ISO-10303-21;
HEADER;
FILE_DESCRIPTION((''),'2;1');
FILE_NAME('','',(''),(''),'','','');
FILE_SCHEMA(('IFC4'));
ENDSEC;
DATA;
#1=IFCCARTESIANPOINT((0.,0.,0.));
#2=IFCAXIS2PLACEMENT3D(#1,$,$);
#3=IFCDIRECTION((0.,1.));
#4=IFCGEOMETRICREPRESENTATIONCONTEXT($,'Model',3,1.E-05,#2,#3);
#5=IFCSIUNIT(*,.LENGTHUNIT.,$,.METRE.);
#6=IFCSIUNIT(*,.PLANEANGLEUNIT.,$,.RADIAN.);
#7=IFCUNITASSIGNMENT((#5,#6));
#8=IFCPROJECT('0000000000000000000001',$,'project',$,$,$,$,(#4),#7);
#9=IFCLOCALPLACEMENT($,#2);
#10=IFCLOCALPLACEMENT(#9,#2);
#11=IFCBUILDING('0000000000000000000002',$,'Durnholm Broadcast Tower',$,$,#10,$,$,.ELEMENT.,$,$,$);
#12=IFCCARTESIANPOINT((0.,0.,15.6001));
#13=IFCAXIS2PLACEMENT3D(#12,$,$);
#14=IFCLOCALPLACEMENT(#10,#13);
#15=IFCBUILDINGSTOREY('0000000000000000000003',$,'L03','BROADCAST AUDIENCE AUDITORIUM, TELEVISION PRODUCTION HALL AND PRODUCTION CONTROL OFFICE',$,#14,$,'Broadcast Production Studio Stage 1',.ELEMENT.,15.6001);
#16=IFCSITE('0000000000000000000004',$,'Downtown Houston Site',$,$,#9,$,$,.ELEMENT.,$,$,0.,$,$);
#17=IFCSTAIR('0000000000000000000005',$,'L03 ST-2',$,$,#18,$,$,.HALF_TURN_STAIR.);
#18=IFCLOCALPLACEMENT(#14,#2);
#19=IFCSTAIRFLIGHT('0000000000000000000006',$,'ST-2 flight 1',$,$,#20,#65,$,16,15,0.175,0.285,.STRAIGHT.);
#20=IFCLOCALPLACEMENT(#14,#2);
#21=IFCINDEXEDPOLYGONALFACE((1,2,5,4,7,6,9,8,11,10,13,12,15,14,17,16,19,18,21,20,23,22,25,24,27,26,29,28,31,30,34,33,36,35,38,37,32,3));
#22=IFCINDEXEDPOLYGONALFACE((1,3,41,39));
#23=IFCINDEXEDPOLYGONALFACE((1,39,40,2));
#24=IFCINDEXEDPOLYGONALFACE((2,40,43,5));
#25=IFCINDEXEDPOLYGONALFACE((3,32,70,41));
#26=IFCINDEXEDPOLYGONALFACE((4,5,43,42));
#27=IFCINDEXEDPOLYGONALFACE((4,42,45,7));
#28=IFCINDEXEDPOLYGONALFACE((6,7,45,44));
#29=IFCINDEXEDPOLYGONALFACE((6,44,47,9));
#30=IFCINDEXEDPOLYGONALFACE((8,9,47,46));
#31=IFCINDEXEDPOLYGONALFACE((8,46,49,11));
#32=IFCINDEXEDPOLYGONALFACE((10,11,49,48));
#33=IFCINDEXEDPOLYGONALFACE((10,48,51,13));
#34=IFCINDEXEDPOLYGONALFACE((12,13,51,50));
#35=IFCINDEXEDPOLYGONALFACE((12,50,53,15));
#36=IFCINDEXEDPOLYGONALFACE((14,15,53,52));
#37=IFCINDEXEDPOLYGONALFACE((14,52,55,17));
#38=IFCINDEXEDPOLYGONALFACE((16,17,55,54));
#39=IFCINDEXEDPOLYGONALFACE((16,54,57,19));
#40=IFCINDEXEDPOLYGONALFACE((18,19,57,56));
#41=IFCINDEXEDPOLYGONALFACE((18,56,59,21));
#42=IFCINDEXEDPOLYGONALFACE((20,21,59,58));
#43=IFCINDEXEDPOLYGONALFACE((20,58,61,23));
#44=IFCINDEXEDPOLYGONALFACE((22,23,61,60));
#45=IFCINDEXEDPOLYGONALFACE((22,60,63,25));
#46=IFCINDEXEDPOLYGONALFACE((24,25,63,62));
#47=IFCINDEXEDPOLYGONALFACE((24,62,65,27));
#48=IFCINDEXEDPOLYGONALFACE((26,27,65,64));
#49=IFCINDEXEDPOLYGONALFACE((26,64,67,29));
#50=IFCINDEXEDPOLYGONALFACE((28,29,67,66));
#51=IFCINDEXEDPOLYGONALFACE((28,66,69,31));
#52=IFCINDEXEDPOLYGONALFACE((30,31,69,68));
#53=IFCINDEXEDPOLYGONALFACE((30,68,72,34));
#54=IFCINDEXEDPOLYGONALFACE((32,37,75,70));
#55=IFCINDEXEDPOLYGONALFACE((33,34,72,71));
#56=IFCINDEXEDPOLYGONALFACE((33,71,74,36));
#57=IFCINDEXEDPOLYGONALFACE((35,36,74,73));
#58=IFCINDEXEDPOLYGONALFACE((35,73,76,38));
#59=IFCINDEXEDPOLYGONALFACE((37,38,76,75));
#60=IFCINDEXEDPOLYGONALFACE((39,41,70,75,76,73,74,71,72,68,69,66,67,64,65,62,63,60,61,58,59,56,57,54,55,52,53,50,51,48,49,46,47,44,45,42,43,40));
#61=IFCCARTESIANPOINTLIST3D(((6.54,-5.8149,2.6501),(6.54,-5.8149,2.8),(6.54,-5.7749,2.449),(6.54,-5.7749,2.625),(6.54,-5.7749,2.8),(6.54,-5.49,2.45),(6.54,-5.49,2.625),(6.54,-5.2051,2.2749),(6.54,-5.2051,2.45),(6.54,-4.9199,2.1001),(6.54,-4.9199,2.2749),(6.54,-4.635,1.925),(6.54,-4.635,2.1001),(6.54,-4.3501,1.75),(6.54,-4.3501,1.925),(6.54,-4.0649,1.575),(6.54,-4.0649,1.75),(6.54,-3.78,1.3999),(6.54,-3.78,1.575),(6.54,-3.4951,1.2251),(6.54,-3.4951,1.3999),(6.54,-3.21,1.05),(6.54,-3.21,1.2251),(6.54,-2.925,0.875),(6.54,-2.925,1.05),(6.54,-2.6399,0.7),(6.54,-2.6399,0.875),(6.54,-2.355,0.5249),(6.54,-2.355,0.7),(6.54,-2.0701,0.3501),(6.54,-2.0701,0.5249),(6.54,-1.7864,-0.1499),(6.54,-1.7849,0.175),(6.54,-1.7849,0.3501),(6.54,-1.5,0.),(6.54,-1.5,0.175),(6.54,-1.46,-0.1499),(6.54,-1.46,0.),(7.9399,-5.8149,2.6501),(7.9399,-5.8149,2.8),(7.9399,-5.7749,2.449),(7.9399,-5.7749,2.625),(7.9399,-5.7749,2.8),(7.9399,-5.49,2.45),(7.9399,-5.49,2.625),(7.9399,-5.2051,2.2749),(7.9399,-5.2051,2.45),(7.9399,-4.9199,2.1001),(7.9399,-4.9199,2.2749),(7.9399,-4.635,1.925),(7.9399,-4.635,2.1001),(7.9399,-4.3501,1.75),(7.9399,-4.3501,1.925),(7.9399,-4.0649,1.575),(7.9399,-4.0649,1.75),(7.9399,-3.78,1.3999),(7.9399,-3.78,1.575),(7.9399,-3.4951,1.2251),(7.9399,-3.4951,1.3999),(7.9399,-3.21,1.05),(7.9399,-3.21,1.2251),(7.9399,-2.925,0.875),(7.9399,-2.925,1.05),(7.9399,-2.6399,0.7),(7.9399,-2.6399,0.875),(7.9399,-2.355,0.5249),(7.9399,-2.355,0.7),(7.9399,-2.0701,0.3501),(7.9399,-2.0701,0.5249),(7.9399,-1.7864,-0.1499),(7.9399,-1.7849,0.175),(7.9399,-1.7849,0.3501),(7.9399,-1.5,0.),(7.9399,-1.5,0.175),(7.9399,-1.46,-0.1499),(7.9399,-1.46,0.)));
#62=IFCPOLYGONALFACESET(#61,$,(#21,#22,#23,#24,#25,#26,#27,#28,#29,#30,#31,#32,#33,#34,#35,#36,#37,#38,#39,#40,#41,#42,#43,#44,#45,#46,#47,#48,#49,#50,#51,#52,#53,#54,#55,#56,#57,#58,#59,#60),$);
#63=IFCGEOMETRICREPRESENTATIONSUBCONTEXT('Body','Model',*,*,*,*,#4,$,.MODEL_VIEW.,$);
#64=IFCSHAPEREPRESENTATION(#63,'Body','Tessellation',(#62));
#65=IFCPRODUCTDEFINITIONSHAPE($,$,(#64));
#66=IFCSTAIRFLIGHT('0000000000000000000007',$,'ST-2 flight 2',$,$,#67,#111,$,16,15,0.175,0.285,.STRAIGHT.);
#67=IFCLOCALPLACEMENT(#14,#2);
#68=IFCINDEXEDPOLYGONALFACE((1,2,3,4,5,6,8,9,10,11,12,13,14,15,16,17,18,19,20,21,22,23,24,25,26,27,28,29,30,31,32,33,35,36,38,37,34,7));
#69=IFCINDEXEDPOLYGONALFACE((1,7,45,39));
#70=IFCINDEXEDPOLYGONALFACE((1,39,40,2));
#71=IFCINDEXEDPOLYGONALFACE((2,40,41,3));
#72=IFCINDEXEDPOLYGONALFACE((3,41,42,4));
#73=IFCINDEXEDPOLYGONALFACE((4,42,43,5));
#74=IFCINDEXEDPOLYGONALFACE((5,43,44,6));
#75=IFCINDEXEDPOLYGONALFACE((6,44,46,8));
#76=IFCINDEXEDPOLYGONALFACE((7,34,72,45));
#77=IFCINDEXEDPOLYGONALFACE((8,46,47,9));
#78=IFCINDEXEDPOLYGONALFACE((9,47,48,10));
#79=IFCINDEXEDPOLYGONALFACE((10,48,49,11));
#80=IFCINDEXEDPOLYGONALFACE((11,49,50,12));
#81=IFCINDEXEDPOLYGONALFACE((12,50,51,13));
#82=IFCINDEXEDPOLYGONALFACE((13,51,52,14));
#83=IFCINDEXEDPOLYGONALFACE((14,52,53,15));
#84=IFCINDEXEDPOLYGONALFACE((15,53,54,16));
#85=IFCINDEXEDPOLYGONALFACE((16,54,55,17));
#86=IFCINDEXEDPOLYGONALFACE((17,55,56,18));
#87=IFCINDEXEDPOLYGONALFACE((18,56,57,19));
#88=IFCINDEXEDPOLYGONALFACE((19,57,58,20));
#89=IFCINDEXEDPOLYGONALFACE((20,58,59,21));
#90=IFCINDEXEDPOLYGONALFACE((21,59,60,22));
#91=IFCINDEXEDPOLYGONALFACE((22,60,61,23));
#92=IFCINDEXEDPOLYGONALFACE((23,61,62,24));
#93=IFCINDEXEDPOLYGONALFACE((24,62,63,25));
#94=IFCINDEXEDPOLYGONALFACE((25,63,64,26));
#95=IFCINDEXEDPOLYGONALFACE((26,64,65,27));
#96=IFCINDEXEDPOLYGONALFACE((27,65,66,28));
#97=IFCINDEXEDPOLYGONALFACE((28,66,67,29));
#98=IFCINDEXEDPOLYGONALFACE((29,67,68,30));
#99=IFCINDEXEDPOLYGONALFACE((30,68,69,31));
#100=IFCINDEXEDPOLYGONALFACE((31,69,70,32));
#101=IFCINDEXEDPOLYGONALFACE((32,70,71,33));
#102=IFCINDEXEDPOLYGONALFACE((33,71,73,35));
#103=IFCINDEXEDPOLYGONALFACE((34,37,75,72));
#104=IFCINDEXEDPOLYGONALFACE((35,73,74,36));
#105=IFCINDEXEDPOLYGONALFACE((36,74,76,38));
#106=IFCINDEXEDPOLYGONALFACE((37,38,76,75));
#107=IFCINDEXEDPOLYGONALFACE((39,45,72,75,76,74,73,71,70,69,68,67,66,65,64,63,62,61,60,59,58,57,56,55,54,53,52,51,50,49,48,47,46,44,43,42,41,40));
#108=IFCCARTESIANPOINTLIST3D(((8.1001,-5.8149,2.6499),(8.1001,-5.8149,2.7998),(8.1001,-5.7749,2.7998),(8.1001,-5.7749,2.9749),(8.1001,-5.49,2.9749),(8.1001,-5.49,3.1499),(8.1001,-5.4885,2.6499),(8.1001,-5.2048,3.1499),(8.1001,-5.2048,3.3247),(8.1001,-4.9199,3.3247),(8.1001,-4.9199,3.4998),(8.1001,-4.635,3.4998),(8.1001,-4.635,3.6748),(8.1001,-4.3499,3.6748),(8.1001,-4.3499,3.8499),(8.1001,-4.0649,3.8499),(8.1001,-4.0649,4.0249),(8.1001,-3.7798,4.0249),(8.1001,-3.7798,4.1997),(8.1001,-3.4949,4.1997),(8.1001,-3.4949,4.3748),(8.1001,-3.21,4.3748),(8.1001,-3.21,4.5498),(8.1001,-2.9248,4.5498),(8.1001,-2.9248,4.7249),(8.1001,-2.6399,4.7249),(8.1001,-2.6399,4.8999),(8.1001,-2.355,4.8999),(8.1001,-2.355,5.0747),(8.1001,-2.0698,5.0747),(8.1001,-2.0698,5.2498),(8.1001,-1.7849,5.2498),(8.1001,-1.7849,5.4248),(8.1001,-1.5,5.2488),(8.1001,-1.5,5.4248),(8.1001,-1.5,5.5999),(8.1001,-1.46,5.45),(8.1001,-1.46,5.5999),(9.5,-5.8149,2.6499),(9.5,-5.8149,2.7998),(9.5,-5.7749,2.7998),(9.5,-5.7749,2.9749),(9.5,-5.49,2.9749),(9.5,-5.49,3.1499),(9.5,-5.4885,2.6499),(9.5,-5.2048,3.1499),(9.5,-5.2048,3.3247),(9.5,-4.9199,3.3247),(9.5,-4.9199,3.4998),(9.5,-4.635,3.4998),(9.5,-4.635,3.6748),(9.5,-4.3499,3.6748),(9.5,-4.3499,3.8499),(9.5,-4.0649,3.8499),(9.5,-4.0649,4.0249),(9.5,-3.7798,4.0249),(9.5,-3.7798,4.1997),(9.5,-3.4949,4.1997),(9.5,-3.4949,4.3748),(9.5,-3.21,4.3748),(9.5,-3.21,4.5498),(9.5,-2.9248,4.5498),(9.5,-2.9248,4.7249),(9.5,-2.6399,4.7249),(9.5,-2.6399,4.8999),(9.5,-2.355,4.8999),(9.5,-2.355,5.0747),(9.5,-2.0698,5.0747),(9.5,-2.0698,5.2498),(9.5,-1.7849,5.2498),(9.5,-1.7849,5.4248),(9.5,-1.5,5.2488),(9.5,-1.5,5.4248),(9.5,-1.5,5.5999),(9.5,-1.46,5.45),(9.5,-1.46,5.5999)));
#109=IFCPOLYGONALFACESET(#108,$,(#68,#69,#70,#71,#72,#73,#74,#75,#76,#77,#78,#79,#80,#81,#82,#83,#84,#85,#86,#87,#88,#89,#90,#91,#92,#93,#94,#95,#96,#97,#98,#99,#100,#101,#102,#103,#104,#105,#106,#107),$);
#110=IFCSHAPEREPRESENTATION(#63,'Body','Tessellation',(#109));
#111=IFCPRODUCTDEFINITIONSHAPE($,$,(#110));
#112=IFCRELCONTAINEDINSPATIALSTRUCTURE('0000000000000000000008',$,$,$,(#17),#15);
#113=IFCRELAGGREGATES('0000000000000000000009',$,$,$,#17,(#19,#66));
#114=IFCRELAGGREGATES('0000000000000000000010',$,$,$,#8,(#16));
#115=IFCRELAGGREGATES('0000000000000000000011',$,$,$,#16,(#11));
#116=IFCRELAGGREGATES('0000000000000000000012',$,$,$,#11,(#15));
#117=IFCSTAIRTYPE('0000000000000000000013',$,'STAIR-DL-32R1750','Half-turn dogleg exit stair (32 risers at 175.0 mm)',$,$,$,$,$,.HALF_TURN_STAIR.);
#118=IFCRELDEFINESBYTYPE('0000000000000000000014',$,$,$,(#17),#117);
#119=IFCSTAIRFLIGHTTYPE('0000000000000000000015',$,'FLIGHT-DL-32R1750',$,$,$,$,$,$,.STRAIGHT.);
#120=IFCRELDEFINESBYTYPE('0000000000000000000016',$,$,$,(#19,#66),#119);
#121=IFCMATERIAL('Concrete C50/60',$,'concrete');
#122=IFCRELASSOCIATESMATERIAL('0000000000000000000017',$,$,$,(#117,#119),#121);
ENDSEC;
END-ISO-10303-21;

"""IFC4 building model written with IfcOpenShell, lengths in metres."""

from ifc_helpers import new_model, si_unit, direction, frame, origin, place, context, subcontext, project, spatial, polyline, outline, extrude, material, type_object, element, aggregate, save


model = new_model("IFC4")

# Units and contexts
model_context = context("Model", 3, precision=1e-05, world=origin(), true_north=direction((0.0, 1.0)))
body_context = subcontext(model_context, "Body", "Model", "MODEL_VIEW")
ifc_project = project(units=[si_unit("LENGTHUNIT", "METRE"), si_unit("PLANEANGLEUNIT", "RADIAN")], contexts=[model_context])

# Site, building, storey
site_placement = place(None, origin())
site = spatial("IfcSite", under=ifc_project, at=site_placement, Name="Downtown Houston Site", CompositionType="ELEMENT", RefElevation=0.0)
building_placement = place(site_placement, origin())
building = spatial("IfcBuilding", under=site, at=building_placement, Name="Durnholm Broadcast Tower", CompositionType="ELEMENT")
storey_placement = place(building_placement, frame((0.0, 0.0, 15.6001)))
storey = spatial("IfcBuildingStorey", under=building, at=storey_placement, Name="L03", Description="BROADCAST AUDIENCE AUDITORIUM, TELEVISION PRODUCTION HALL AND PRODUCTION CONTROL OFFICE", LongName="Broadcast Production Studio Stage 1", CompositionType="ELEMENT", Elevation=15.6001)

# Shared definitions
ifc_material_1 = material(Name="Concrete C50/60", Category="concrete")

# Shared definitions
stair_type = type_object("IfcStairType", Name="STAIR-DL-32R1750", Description="Half-turn dogleg exit stair (32 risers at 175.0 mm)", PredefinedType="HALF_TURN_STAIR", material=ifc_material_1)

# Stair, stair flights
stair_1_placement = place(storey_placement, origin())
stair_1 = element("IfcStair", 1, at=stair_1_placement, inside=storey, type_object=stair_type, Name="L03 ST-2", PredefinedType="HALF_TURN_STAIR")
stair_flight_type = type_object("IfcStairFlightType", Name="FLIGHT-DL-32R1750", PredefinedType="STRAIGHT", material=ifc_material_1)
stair_flight_1_placement = place(storey_placement, frame((7.24, -1.5, 0.0), z_axis=(0.0, 0.0, 1.0), x_axis=(0.0, -1.0, 0.0)))
stair_flight_1 = element("IfcStairFlight", 2, at=stair_flight_1_placement, type_object=stair_flight_type, Name="ST-2 flight 1", NumberOfRisers=16, NumberOfTreads=15, PredefinedType="STRAIGHT", RiserHeight=0.175, TreadLength=0.285, context=body_context, shape_type="SweptSolid", body=[
    extrude(outline(polyline([(-0.04, -0.1499), (-0.04, 0.0), (0.0, 0.0), (0.0, 0.175), (0.2849, 0.175), (0.2849, 0.3501), (0.5701, 0.3501), (0.5701, 0.5249), (0.855, 0.5249), (0.855, 0.7), (1.1399, 0.7), (1.1399, 0.875), (1.425, 0.875), (1.425, 1.05), (1.71, 1.05), (1.71, 1.2251), (1.9951, 1.2251), (1.9951, 1.3999), (2.28, 1.3999), (2.28, 1.575), (2.5649, 1.575), (2.5649, 1.75), (2.8501, 1.75), (2.8501, 1.925), (3.135, 1.925), (3.135, 2.1001), (3.4199, 2.1001), (3.4199, 2.2749), (3.7051, 2.2749), (3.7051, 2.45), (3.99, 2.45), (3.99, 2.625), (4.2749, 2.625), (4.2749, 2.8), (4.3149, 2.8), (4.3149, 2.6501), (4.2749, 2.449), (0.2864, -0.1499), (-0.04, -0.1499)])), frame((0.0, 0.7, 0.0), z_axis=(0.0, -1.0, 0.0), x_axis=(1.0, 0.0, 0.0)), (0.0, 0.0, 1.0), 1.3999),
])
stair_flight_2_placement = place(storey_placement, frame((8.8, -5.7749, 2.7998), z_axis=(0.0, 0.0, 1.0), x_axis=(0.0, 1.0, 0.0)))
stair_flight_2 = element("IfcStairFlight", 3, at=stair_flight_2_placement, type_object=stair_flight_type, Name="ST-2 flight 2", NumberOfRisers=16, NumberOfTreads=15, PredefinedType="STRAIGHT", RiserHeight=0.175, TreadLength=0.285, context=body_context, shape_type="SweptSolid", body=[
    extrude(outline(polyline([(-0.04, -0.1499), (-0.04, 0.0), (0.0, 0.0), (0.0, 0.175), (0.2849, 0.175), (0.2849, 0.3501), (0.5701, 0.3501), (0.5701, 0.5249), (0.855, 0.5249), (0.855, 0.7), (1.1399, 0.7), (1.1399, 0.875), (1.425, 0.875), (1.425, 1.05), (1.71, 1.05), (1.71, 1.2251), (1.9951, 1.2251), (1.9951, 1.3999), (2.28, 1.3999), (2.28, 1.575), (2.5649, 1.575), (2.5649, 1.75), (2.8501, 1.75), (2.8501, 1.925), (3.135, 1.925), (3.135, 2.1001), (3.4199, 2.1001), (3.4199, 2.2749), (3.7051, 2.2749), (3.7051, 2.45), (3.99, 2.45), (3.99, 2.625), (4.2749, 2.625), (4.2749, 2.8), (4.3149, 2.8), (4.3149, 2.6501), (4.2749, 2.449), (0.2864, -0.1499), (-0.04, -0.1499)])), frame((0.0, 0.7, 0.0), z_axis=(0.0, -1.0, 0.0), x_axis=(1.0, 0.0, 0.0)), (0.0, 0.0, 1.0), 1.3999),
])
aggregate(stair_1, [stair_flight_1, stair_flight_2])

save(model, "model.ifc")
